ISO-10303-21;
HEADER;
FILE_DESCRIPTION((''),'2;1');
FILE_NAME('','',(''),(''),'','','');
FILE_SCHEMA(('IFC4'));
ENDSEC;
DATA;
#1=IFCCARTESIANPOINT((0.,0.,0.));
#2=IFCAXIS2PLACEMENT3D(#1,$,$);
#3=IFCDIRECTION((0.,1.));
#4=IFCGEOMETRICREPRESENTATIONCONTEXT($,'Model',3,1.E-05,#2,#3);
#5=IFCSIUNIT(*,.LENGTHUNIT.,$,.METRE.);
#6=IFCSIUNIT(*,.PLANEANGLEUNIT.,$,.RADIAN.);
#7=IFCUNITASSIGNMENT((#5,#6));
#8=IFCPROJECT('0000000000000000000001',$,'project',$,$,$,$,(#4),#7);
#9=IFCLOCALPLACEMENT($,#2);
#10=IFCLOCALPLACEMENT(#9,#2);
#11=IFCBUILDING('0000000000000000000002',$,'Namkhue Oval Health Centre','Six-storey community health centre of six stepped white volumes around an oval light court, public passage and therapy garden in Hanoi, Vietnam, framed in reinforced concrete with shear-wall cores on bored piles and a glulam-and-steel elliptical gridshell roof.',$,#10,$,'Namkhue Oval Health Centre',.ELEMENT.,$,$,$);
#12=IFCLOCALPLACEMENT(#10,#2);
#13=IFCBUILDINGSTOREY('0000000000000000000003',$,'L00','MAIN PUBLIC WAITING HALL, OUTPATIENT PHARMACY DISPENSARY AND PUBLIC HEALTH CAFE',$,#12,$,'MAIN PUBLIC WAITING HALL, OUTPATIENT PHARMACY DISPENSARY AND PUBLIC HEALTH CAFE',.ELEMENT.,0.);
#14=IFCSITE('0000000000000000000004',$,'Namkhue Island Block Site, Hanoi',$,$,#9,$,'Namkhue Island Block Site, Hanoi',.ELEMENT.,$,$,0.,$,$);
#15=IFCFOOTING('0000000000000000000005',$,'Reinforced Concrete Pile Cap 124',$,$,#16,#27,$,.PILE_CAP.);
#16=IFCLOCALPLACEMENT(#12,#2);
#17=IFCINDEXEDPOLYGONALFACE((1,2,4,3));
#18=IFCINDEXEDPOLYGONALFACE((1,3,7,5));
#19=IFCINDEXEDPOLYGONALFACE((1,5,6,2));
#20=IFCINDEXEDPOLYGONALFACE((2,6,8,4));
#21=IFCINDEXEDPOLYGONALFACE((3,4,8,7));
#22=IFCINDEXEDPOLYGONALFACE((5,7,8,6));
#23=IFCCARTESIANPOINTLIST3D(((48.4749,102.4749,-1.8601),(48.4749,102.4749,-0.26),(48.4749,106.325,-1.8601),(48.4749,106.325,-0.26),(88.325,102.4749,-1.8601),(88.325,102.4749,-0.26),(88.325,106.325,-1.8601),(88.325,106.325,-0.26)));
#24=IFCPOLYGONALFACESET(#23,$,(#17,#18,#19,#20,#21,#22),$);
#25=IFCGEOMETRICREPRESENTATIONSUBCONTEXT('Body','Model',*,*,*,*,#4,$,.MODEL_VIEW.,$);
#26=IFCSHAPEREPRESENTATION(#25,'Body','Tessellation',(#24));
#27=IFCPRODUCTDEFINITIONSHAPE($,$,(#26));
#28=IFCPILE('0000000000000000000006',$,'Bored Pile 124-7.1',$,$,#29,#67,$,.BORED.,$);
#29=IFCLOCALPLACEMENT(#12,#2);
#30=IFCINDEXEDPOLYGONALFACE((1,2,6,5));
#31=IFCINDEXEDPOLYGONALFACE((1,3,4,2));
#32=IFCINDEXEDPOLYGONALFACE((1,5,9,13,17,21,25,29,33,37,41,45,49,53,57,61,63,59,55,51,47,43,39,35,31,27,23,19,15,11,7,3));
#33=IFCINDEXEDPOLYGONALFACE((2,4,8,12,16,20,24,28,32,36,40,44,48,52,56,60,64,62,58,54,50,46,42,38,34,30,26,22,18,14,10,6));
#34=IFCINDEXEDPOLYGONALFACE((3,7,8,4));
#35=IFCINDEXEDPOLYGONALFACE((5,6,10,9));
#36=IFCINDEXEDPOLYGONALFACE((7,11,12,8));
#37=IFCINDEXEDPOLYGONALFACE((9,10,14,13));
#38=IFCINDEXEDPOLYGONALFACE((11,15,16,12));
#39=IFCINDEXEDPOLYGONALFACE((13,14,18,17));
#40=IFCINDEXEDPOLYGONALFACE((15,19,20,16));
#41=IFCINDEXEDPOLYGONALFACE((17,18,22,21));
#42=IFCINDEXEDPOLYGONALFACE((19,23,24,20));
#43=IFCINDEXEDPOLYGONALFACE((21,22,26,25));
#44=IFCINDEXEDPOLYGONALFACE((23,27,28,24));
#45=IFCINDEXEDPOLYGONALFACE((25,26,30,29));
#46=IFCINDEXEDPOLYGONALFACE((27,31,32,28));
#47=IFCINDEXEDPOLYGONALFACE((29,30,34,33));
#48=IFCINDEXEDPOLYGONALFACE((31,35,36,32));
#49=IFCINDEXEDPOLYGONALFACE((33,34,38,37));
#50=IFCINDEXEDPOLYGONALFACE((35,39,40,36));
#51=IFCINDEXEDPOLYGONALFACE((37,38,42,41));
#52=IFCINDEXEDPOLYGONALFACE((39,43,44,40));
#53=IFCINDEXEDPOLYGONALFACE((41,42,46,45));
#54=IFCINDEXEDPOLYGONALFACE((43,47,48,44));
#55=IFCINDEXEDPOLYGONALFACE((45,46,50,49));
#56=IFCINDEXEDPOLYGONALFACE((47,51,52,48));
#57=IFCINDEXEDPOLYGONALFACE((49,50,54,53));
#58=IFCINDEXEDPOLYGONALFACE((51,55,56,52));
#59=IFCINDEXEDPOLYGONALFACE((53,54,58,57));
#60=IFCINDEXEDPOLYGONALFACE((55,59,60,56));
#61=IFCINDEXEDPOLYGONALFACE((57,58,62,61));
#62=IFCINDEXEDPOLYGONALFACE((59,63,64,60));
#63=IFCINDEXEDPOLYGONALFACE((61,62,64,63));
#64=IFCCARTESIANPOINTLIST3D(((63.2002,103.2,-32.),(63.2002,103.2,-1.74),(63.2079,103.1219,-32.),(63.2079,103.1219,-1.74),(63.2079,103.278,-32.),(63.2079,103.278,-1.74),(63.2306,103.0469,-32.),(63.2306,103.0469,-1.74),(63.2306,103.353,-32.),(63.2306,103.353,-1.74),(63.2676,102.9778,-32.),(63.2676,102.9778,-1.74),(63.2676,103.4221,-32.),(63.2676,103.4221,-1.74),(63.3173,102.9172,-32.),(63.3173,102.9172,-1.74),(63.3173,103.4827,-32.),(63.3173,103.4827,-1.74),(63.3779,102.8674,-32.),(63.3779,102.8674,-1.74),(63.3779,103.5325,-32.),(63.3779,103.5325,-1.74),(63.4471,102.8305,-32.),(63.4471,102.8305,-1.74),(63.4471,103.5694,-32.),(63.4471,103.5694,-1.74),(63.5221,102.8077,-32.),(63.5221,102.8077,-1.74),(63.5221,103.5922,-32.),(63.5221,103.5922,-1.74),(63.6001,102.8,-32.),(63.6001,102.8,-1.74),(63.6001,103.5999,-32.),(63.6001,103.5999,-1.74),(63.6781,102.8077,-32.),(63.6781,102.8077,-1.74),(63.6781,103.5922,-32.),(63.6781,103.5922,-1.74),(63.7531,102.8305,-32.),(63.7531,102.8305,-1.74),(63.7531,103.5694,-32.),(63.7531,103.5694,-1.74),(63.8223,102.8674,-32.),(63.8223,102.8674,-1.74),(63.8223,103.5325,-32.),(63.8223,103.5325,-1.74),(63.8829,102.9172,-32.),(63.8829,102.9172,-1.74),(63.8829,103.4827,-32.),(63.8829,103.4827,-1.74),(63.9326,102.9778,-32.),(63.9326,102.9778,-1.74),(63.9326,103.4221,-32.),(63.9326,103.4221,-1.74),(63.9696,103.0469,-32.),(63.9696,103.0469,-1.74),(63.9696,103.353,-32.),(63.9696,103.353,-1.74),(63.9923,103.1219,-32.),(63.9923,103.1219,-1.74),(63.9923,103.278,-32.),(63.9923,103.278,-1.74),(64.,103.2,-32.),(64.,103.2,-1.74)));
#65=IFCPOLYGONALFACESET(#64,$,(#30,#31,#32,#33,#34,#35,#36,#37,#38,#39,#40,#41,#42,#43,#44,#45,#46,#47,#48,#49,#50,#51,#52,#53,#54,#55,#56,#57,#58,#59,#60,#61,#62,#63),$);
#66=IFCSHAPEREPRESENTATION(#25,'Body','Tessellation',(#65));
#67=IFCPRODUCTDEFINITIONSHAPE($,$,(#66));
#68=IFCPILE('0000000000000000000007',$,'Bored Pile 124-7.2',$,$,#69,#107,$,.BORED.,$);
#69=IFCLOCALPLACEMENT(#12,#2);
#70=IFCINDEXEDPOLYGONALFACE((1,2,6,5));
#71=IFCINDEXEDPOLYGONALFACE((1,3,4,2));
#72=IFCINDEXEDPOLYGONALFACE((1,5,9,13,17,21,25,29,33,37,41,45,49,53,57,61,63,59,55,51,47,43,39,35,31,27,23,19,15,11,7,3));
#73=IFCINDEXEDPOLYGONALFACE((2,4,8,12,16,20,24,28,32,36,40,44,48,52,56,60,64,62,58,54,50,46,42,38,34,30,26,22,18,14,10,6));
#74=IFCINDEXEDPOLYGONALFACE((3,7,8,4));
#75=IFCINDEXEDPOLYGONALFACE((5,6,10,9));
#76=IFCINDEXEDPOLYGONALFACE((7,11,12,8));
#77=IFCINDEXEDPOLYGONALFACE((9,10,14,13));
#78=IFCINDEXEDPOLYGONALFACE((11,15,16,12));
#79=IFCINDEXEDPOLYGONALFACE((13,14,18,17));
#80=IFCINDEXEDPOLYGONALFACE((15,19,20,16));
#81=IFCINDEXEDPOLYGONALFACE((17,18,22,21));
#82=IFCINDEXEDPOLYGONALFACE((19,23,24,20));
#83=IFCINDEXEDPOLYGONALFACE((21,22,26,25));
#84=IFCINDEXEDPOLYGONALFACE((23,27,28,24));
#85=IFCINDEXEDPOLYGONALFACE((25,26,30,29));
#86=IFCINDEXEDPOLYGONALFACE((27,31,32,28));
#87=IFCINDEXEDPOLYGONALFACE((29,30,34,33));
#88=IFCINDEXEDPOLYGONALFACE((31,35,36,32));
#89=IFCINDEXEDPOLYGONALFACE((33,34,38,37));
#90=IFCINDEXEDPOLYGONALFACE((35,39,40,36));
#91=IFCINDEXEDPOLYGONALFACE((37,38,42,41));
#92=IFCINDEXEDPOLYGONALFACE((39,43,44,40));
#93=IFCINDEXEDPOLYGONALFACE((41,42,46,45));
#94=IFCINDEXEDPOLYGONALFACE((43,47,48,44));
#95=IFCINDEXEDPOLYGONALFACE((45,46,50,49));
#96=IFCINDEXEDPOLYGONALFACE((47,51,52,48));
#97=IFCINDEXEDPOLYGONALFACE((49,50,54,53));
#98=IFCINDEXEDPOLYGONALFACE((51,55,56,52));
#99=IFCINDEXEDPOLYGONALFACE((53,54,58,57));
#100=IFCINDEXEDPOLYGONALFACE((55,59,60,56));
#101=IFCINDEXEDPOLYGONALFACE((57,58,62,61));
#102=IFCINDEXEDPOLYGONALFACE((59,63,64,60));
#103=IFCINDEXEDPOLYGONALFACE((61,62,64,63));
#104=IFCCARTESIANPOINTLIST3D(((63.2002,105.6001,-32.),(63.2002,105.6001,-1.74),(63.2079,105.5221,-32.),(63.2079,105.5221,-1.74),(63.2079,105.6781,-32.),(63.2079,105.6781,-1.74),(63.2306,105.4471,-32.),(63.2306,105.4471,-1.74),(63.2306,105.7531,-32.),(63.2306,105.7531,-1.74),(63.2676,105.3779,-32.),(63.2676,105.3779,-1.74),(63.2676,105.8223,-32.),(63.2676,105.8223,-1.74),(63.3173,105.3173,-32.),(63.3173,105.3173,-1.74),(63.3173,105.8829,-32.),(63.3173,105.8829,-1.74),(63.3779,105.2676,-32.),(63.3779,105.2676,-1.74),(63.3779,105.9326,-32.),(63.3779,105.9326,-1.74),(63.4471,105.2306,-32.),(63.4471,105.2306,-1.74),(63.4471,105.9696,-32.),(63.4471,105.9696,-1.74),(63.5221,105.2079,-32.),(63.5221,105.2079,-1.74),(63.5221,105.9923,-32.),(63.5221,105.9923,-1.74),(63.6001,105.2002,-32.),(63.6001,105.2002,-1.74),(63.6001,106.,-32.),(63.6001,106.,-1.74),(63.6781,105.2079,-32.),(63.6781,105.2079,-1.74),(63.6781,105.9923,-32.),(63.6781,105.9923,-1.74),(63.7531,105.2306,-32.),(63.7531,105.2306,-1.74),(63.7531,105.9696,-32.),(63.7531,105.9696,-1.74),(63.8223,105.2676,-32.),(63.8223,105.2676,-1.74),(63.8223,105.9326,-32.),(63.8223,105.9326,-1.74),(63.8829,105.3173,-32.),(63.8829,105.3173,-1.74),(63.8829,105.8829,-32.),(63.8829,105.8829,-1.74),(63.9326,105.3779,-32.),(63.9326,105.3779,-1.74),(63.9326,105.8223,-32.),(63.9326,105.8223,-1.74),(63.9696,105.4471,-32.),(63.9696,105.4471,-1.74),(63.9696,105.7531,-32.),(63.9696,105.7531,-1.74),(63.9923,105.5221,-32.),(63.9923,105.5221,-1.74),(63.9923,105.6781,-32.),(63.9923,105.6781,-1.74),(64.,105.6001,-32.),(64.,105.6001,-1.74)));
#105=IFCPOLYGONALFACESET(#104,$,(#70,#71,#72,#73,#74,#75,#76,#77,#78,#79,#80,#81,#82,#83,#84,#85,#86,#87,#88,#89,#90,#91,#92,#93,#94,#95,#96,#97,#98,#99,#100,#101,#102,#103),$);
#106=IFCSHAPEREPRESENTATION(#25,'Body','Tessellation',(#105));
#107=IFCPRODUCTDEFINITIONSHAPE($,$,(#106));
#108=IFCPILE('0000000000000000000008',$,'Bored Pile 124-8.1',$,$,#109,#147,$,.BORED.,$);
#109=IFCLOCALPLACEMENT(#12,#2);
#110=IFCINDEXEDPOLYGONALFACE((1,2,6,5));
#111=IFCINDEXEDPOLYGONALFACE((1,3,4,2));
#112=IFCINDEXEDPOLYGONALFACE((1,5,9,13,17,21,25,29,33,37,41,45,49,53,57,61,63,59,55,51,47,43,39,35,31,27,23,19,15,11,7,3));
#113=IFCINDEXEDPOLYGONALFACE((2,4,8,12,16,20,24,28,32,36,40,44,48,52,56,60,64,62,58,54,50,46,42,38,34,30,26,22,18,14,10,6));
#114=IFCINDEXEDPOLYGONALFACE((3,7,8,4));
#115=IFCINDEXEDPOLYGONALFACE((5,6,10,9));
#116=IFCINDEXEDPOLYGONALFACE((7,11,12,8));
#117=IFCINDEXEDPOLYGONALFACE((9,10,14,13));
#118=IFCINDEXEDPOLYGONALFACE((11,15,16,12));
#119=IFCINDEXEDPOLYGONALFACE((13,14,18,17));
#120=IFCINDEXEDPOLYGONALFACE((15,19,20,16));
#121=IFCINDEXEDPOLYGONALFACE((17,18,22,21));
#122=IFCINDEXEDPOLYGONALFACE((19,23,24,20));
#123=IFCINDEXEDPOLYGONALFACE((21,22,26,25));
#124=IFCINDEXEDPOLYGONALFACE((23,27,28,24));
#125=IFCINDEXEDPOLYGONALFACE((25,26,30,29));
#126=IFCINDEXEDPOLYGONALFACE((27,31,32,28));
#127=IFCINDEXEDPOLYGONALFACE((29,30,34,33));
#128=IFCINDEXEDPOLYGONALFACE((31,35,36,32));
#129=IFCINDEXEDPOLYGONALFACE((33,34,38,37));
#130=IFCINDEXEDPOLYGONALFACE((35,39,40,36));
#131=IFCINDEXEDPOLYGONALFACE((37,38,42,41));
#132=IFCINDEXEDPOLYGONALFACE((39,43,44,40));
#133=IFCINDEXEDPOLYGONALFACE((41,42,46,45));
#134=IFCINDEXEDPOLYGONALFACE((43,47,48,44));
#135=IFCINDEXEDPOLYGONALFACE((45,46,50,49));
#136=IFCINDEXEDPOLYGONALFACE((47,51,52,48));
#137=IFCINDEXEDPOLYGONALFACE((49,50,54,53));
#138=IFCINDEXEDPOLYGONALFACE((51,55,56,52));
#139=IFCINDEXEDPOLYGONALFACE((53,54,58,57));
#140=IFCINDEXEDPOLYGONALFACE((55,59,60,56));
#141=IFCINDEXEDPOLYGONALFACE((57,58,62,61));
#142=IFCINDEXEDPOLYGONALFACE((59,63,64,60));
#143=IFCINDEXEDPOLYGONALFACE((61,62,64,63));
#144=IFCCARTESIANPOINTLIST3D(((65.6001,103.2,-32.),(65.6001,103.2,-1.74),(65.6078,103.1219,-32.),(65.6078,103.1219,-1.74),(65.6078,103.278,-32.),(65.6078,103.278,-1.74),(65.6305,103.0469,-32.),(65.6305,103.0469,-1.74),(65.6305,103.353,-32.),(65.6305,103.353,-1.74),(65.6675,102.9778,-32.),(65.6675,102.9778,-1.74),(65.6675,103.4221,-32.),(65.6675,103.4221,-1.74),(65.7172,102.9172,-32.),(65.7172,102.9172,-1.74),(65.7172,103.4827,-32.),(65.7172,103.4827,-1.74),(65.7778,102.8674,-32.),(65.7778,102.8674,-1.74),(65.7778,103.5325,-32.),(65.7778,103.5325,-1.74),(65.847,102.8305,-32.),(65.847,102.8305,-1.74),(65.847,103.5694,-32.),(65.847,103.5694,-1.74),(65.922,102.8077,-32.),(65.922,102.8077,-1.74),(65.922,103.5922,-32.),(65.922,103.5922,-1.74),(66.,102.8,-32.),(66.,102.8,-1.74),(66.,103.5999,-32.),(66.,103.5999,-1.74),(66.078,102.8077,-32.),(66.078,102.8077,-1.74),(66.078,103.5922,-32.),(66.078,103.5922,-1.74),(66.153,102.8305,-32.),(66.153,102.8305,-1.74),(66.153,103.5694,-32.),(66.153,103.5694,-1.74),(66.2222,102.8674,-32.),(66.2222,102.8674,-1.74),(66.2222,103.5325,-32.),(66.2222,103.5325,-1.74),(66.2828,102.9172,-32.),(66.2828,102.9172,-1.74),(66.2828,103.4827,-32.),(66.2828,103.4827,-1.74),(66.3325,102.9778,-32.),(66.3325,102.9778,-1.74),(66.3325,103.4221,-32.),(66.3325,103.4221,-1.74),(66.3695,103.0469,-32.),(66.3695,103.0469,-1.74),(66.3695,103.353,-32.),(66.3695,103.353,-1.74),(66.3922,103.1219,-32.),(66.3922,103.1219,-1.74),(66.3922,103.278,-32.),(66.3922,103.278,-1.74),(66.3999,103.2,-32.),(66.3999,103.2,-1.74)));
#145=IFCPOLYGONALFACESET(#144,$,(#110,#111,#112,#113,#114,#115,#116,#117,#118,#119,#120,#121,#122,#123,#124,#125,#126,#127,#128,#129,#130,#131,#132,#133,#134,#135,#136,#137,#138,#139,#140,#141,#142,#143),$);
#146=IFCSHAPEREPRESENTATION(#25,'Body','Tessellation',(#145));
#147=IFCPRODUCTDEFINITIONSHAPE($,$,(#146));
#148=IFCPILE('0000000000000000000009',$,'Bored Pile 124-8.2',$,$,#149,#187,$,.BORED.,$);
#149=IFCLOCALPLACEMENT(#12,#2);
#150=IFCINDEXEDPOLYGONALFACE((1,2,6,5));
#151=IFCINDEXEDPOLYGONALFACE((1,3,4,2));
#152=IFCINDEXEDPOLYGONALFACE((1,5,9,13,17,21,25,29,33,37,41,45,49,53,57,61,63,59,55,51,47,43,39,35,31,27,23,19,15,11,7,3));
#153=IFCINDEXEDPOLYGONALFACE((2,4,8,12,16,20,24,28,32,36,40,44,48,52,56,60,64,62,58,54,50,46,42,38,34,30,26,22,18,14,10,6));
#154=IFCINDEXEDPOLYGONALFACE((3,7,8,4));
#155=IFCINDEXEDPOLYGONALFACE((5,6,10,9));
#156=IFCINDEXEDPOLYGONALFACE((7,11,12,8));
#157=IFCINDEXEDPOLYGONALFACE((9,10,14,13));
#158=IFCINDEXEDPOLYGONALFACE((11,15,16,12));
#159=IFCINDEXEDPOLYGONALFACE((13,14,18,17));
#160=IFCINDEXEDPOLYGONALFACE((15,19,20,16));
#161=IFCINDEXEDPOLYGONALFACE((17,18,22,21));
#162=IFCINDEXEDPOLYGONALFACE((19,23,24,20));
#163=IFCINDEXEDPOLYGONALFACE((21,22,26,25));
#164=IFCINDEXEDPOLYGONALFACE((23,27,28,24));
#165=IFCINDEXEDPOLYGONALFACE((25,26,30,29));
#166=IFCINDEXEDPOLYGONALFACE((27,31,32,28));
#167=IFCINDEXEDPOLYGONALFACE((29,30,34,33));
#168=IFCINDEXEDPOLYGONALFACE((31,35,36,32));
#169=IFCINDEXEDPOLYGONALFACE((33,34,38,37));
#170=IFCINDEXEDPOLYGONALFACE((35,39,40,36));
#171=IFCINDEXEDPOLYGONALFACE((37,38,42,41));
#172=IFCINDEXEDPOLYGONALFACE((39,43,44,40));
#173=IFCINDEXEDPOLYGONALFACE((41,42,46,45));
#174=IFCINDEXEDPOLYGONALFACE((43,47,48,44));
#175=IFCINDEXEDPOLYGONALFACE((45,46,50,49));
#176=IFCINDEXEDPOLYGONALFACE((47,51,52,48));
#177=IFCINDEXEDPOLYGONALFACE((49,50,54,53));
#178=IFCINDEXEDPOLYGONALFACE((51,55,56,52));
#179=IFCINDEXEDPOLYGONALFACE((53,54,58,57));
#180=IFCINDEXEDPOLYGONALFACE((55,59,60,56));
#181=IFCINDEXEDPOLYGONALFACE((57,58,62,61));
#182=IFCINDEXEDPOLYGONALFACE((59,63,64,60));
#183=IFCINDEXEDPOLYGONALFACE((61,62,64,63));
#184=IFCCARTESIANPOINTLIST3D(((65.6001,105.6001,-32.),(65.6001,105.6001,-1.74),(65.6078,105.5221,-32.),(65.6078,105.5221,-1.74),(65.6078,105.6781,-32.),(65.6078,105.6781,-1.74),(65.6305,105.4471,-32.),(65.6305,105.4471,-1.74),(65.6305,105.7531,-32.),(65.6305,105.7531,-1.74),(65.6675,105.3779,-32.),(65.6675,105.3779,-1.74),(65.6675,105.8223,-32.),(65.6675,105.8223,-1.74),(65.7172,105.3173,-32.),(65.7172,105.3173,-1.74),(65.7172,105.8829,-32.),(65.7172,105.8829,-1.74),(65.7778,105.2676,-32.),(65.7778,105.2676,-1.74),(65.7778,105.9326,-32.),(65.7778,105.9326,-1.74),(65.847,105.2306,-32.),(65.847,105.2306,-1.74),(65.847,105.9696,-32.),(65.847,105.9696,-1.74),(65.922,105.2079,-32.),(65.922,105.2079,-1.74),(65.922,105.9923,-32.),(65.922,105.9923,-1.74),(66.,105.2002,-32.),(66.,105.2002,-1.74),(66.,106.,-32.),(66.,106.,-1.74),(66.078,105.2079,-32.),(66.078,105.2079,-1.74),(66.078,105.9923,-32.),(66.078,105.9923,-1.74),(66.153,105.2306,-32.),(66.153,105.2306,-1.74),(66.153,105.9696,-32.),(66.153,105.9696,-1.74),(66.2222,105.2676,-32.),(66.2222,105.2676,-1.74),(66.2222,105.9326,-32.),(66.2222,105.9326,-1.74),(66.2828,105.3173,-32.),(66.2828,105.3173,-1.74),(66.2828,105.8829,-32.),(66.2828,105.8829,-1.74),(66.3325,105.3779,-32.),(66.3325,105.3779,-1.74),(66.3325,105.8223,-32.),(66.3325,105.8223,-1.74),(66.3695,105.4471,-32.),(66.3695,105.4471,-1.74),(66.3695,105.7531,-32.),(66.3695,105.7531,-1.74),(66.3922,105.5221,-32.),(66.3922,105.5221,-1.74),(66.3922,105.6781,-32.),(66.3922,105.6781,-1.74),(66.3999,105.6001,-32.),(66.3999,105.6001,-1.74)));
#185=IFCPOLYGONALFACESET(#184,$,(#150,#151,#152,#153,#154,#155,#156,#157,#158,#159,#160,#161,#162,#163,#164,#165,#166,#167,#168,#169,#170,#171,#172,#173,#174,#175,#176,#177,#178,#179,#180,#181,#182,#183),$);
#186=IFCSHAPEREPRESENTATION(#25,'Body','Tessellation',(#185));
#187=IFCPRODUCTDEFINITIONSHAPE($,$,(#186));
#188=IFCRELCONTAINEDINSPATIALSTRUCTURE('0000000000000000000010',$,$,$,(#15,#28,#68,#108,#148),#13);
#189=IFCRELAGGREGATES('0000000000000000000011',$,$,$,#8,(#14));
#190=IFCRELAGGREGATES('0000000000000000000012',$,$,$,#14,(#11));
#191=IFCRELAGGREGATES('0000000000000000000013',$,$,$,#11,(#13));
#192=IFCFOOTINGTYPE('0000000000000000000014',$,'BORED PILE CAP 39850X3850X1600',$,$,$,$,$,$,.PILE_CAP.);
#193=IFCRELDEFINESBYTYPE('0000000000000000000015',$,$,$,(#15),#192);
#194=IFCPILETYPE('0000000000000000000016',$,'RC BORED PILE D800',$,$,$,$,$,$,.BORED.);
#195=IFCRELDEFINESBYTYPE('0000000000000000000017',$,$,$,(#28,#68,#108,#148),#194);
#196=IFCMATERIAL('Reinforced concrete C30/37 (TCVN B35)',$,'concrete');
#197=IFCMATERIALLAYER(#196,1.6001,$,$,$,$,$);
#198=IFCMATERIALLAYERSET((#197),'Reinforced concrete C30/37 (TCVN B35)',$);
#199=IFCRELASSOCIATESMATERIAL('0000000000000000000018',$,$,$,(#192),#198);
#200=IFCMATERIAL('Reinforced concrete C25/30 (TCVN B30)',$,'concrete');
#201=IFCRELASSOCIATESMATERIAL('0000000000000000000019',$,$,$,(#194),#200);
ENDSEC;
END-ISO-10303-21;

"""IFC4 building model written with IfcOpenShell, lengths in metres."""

from ifc_helpers import new_model, si_unit, direction, frame, origin, origin_2d, place, context, subcontext, project, spatial, rectangle, circle, extrude, material, layer, layer_set, material_profile, profile_set, type_object, element, save


model = new_model("IFC4")

# Units and contexts
model_context = context("Model", 3, precision=1e-05, world=origin(), true_north=direction((0.0, 1.0)))
body_context = subcontext(model_context, "Body", "Model", "MODEL_VIEW")
ifc_project = project(units=[si_unit("LENGTHUNIT", "METRE"), si_unit("PLANEANGLEUNIT", "RADIAN")], contexts=[model_context])

# Site, building, storey
site_placement = place(None, origin())
site = spatial("IfcSite", under=ifc_project, at=site_placement, Name="Namkhue Island Block Site, Hanoi", LongName="Namkhue Island Block Site, Hanoi", CompositionType="ELEMENT", RefElevation=0.0)
building_placement = place(site_placement, origin())
building = spatial("IfcBuilding", under=site, at=building_placement, Name="Namkhue Oval Health Centre", Description="Six-storey community health centre of six stepped white volumes around an oval light court, public passage and therapy garden in Hanoi, Vietnam, framed in reinforced concrete with shear-wall cores on bored piles and a glulam-and-steel elliptical gridshell roof.", LongName="Namkhue Oval Health Centre", CompositionType="ELEMENT")
storey_placement = place(building_placement, origin())
storey = spatial("IfcBuildingStorey", under=building, at=storey_placement, Name="L00", Description="MAIN PUBLIC WAITING HALL, OUTPATIENT PHARMACY DISPENSARY AND PUBLIC HEALTH CAFE", LongName="MAIN PUBLIC WAITING HALL, OUTPATIENT PHARMACY DISPENSARY AND PUBLIC HEALTH CAFE", CompositionType="ELEMENT", Elevation=0.0)

# Footing
ifc_material_1 = material(Name="Reinforced concrete C30/37 (TCVN B35)", Category="concrete")
ifc_layer_1 = layer(ifc_material_1, 1.6001)
ifc_layer_set_1 = layer_set([ifc_layer_1], Name="Reinforced concrete C30/37 (TCVN B35)")
footing_type = type_object("IfcFootingType", Name="BORED PILE CAP 39850X3850X1600", PredefinedType="PILE_CAP", material=ifc_layer_set_1)
footing_placement = place(storey_placement, frame((68.3999, 104.3999, -1.8601), z_axis=(0.0, 0.0, 1.0), x_axis=(1.0, 0.0, 0.0)))
element("IfcFooting", 1, at=footing_placement, inside=storey, type_object=footing_type, Name="Reinforced Concrete Pile Cap 124", PredefinedType="PILE_CAP", context=body_context, shape_type="SweptSolid", body=[
    extrude(rectangle(XDim=39.8501, YDim=3.8501, at=origin_2d()), origin(), (0.0, 0.0, 1.0), 1.6001),
])

# Piles
ifc_material_2 = material(Name="Reinforced concrete C25/30 (TCVN B30)", Category="concrete")
ifc_material_profile_1 = material_profile(ifc_material_2, circle(Radius=0.3999, at=origin_2d()), Name="BORED PILE D800")
ifc_profile_set_1 = profile_set([ifc_material_profile_1], Name="Reinforced concrete C25/30 (TCVN B30)")
pile_type = type_object("IfcPileType", Name="RC BORED PILE D800", PredefinedType="BORED", material=ifc_profile_set_1)
for number, where, z_axis, x_axis, name in (
    (2, (63.6001, 103.2, -1.74), (0.0, 0.0, -1.0), (1.0, 0.0, 0.0), "Bored Pile 124-7.1"),
    (3, (63.6001, 105.6001, -1.74), (0.0, 0.0, -1.0), (1.0, 0.0, 0.0), "Bored Pile 124-7.2"),
    (4, (66.0, 103.2, -1.74), (0.0, 0.0, -1.0), (1.0, 0.0, 0.0), "Bored Pile 124-8.1"),
    (5, (66.0, 105.6001, -1.74), (0.0, 0.0, -1.0), (1.0, 0.0, 0.0), "Bored Pile 124-8.2"),
):
    element("IfcPile", number, at=place(storey_placement, frame(where, z_axis=z_axis, x_axis=x_axis)), inside=storey, type_object=pile_type, Name=name, PredefinedType="BORED", context=body_context, shape_type="SweptSolid", body=[
        extrude(circle(Radius=0.3999, at=origin_2d()), origin(), (0.0, 0.0, 1.0), 30.26),
    ])

save(model, "model.ifc")
